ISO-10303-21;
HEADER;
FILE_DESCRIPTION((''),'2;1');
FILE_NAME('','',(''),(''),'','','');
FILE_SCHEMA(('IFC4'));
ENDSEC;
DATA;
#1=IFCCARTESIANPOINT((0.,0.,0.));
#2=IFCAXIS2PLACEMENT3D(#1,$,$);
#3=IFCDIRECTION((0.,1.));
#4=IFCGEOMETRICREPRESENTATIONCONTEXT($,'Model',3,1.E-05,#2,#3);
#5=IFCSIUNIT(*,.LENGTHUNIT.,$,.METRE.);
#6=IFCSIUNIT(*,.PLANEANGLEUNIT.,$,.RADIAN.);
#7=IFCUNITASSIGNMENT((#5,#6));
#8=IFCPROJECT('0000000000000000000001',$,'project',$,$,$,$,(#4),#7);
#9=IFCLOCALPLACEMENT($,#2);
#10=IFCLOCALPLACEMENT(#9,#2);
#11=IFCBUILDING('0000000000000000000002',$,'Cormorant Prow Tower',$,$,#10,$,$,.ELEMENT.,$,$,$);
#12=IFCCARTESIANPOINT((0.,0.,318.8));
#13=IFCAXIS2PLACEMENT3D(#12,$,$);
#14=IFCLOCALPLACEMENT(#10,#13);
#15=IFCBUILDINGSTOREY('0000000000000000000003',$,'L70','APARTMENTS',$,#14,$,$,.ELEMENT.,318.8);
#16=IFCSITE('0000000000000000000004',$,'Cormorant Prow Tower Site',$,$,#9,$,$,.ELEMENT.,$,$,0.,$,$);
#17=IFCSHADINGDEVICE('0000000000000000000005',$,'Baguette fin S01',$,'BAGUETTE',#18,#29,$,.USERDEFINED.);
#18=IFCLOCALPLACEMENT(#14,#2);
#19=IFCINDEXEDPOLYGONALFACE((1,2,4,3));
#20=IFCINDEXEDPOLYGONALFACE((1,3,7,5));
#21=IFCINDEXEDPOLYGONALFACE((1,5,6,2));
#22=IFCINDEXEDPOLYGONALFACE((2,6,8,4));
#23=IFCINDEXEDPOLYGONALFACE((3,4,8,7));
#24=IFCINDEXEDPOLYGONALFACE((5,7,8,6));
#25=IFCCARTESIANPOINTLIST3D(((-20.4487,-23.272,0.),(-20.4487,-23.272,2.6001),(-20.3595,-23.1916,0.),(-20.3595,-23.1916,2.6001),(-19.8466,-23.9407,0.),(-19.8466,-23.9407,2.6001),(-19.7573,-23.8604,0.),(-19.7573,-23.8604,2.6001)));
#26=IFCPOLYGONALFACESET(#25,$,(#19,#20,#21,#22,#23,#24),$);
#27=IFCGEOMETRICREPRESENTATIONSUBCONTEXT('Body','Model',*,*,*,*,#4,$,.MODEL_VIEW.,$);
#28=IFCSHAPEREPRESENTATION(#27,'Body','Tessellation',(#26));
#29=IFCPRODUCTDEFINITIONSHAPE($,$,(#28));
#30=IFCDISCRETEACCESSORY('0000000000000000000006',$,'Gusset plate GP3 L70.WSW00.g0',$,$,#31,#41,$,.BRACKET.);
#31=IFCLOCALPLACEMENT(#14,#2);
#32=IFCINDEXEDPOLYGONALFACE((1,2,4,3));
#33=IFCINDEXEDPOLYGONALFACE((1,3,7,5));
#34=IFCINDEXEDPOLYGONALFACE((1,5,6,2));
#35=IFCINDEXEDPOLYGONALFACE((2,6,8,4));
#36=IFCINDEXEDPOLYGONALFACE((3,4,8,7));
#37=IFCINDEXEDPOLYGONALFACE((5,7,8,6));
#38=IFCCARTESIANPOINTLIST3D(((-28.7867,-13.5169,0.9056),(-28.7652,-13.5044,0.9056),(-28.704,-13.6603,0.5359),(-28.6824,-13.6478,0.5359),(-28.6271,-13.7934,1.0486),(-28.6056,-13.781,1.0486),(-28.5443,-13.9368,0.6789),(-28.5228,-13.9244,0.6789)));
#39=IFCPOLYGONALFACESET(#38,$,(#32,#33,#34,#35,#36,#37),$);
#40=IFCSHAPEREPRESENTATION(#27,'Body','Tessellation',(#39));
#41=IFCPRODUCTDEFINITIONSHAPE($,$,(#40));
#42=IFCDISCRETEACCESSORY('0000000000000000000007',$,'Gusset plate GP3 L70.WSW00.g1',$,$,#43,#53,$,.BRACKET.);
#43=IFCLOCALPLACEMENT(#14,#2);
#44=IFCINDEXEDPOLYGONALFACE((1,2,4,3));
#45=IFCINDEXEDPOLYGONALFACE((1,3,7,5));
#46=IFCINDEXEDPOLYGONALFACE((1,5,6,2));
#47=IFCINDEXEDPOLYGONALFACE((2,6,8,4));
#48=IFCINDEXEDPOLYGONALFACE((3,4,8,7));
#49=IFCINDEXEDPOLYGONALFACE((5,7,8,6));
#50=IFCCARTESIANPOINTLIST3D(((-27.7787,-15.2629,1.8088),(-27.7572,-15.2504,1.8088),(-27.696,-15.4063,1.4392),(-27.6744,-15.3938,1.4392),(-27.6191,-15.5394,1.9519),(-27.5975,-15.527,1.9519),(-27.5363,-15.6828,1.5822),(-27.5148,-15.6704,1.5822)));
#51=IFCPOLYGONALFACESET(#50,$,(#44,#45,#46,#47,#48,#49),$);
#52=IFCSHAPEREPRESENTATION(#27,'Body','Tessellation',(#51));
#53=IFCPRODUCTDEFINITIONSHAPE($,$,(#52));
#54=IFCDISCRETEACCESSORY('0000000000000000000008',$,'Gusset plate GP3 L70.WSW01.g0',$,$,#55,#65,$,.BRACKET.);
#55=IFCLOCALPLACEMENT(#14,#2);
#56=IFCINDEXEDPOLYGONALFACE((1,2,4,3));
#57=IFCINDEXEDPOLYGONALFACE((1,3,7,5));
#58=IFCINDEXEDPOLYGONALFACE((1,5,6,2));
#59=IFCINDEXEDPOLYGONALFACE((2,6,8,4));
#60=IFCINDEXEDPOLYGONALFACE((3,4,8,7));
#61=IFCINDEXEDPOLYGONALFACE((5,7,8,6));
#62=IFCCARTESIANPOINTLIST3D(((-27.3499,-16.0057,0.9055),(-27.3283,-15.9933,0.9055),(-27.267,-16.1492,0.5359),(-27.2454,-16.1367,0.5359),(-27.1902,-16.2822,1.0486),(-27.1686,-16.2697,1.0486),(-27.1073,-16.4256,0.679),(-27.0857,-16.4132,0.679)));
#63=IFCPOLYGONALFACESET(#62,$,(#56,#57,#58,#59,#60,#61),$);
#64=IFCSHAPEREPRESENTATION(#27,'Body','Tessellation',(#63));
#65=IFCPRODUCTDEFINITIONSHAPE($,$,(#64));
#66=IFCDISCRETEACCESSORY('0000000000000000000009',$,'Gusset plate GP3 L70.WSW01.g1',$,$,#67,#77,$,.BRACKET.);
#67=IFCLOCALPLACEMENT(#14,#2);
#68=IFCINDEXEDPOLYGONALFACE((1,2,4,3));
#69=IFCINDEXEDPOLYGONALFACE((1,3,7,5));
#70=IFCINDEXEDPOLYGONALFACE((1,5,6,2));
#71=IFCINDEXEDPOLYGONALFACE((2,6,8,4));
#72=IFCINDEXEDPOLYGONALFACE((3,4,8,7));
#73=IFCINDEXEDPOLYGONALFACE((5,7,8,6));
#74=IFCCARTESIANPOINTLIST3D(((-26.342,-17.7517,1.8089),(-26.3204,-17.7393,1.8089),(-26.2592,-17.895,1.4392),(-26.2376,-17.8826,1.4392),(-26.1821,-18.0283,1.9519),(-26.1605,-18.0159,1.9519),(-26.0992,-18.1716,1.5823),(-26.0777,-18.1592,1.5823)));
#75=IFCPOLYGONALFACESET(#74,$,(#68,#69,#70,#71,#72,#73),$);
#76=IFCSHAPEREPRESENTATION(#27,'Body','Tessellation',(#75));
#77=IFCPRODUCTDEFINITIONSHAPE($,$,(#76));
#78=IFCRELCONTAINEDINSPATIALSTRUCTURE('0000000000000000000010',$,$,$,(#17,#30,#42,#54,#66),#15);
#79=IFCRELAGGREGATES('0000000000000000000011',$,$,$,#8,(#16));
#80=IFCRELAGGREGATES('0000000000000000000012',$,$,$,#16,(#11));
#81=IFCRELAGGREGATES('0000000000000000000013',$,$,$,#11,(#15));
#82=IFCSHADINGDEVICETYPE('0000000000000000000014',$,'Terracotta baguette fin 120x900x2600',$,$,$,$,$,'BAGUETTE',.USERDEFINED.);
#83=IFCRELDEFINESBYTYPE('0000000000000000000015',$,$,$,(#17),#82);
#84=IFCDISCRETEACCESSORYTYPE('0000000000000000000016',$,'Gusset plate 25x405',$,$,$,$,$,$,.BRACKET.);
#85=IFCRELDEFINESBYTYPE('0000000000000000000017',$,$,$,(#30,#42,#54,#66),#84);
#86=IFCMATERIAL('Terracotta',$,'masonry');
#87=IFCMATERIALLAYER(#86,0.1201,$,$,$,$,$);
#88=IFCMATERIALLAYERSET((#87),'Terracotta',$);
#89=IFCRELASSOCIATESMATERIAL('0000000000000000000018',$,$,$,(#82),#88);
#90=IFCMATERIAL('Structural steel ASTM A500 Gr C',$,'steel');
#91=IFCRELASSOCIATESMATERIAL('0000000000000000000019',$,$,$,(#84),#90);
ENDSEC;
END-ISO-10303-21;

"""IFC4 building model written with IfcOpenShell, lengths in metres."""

from ifc_helpers import new_model, si_unit, direction, frame, origin, origin_2d, place, context, subcontext, project, spatial, rectangle, extrude, material, layer, layer_set, material_profile, profile_set, type_object, element, save


model = new_model("IFC4")

# Units and contexts
model_context = context("Model", 3, precision=1e-05, world=origin(), true_north=direction((0.0, 1.0)))
body_context = subcontext(model_context, "Body", "Model", "MODEL_VIEW")
ifc_project = project(units=[si_unit("LENGTHUNIT", "METRE"), si_unit("PLANEANGLEUNIT", "RADIAN")], contexts=[model_context])

# Site, building, storey
site_placement = place(None, origin())
site = spatial("IfcSite", under=ifc_project, at=site_placement, Name="Cormorant Prow Tower Site", CompositionType="ELEMENT", RefElevation=0.0)
building_placement = place(site_placement, origin())
building = spatial("IfcBuilding", under=site, at=building_placement, Name="Cormorant Prow Tower", CompositionType="ELEMENT")
storey_placement = place(building_placement, frame((0.0, 0.0, 318.8)))
storey = spatial("IfcBuildingStorey", under=building, at=storey_placement, Name="L70", Description="APARTMENTS", CompositionType="ELEMENT", Elevation=318.8)

# Shading device
ifc_material_1 = material(Name="Terracotta", Category="masonry")
ifc_layer_1 = layer(ifc_material_1, 0.1201)
ifc_layer_set_1 = layer_set([ifc_layer_1], Name="Terracotta")
shading_device_type = type_object("IfcShadingDeviceType", Name="Terracotta baguette fin 120x900x2600", ElementType="BAGUETTE", PredefinedType="USERDEFINED", material=ifc_layer_set_1)
shading_device_placement = place(storey_placement, frame((-20.103, -23.5662, 0.0), z_axis=(0.0, 0.0, 1.0), x_axis=(0.743145, 0.669131, 0.0)))
element("IfcShadingDevice", 1, at=shading_device_placement, inside=storey, type_object=shading_device_type, Name="Baguette fin S01", ObjectType="BAGUETTE", PredefinedType="USERDEFINED", context=body_context, shape_type="SweptSolid", body=[
    extrude(rectangle(XDim=0.1201, YDim=0.8999, at=origin_2d()), origin(), (0.0, 0.0, 1.0), 2.6001),
])

# Discrete accessories
ifc_material_2 = material(Name="Structural steel ASTM A500 Gr C", Category="steel")
ifc_material_profile_1 = material_profile(ifc_material_2, rectangle(XDim=0.0249, YDim=0.405, at=origin_2d()), Name="Gusset plate 25x405")
ifc_profile_set_1 = profile_set([ifc_material_profile_1], Name="Structural steel ASTM A500 Gr C")
discrete_accessory_type = type_object("IfcDiscreteAccessoryType", Name="Gusset plate 25x405", PredefinedType="BRACKET", material=ifc_profile_set_1)
for number, where, z_axis, x_axis, name in (
    (2, (-28.575, -13.8589, 0.8638), (-0.456239, 0.790397, -0.408802), (-0.866071, -0.499921, 0.0), "Gusset plate GP3 L70.WSW00.g0"),
    (3, (-27.7266, -15.3284, 1.624), (0.456239, -0.790397, 0.408802), (0.866071, 0.499921, 0.0), "Gusset plate GP3 L70.WSW00.g1"),
    (4, (-27.1379, -16.3477, 0.8638), (-0.456491, 0.790135, -0.409027), (-0.86588, -0.500252, 0.0), "Gusset plate GP3 L70.WSW01.g0"),
):
    element("IfcDiscreteAccessory", number, at=place(storey_placement, frame(where, z_axis=z_axis, x_axis=x_axis)), inside=storey, type_object=discrete_accessory_type, Name=name, PredefinedType="BRACKET", context=body_context, shape_type="SweptSolid", body=[
        extrude(rectangle(XDim=0.0249, YDim=0.405, at=origin_2d()), origin(), (0.0, 0.0, 1.0), 0.3499),
    ])
discrete_accessory_placement = place(storey_placement, frame((-26.2898, -17.8171, 1.624), z_axis=(0.456792, -0.790145, 0.408672), x_axis=(0.86574, 0.500494, 0.0)))
element("IfcDiscreteAccessory", 5, at=discrete_accessory_placement, inside=storey, type_object=discrete_accessory_type, Name="Gusset plate GP3 L70.WSW01.g1", PredefinedType="BRACKET", context=body_context, shape_type="SweptSolid", body=[
    extrude(rectangle(XDim=0.0249, YDim=0.405, at=origin_2d()), origin(), (0.0, 0.0, 1.0), 0.3501),
])

save(model, "model.ifc")
